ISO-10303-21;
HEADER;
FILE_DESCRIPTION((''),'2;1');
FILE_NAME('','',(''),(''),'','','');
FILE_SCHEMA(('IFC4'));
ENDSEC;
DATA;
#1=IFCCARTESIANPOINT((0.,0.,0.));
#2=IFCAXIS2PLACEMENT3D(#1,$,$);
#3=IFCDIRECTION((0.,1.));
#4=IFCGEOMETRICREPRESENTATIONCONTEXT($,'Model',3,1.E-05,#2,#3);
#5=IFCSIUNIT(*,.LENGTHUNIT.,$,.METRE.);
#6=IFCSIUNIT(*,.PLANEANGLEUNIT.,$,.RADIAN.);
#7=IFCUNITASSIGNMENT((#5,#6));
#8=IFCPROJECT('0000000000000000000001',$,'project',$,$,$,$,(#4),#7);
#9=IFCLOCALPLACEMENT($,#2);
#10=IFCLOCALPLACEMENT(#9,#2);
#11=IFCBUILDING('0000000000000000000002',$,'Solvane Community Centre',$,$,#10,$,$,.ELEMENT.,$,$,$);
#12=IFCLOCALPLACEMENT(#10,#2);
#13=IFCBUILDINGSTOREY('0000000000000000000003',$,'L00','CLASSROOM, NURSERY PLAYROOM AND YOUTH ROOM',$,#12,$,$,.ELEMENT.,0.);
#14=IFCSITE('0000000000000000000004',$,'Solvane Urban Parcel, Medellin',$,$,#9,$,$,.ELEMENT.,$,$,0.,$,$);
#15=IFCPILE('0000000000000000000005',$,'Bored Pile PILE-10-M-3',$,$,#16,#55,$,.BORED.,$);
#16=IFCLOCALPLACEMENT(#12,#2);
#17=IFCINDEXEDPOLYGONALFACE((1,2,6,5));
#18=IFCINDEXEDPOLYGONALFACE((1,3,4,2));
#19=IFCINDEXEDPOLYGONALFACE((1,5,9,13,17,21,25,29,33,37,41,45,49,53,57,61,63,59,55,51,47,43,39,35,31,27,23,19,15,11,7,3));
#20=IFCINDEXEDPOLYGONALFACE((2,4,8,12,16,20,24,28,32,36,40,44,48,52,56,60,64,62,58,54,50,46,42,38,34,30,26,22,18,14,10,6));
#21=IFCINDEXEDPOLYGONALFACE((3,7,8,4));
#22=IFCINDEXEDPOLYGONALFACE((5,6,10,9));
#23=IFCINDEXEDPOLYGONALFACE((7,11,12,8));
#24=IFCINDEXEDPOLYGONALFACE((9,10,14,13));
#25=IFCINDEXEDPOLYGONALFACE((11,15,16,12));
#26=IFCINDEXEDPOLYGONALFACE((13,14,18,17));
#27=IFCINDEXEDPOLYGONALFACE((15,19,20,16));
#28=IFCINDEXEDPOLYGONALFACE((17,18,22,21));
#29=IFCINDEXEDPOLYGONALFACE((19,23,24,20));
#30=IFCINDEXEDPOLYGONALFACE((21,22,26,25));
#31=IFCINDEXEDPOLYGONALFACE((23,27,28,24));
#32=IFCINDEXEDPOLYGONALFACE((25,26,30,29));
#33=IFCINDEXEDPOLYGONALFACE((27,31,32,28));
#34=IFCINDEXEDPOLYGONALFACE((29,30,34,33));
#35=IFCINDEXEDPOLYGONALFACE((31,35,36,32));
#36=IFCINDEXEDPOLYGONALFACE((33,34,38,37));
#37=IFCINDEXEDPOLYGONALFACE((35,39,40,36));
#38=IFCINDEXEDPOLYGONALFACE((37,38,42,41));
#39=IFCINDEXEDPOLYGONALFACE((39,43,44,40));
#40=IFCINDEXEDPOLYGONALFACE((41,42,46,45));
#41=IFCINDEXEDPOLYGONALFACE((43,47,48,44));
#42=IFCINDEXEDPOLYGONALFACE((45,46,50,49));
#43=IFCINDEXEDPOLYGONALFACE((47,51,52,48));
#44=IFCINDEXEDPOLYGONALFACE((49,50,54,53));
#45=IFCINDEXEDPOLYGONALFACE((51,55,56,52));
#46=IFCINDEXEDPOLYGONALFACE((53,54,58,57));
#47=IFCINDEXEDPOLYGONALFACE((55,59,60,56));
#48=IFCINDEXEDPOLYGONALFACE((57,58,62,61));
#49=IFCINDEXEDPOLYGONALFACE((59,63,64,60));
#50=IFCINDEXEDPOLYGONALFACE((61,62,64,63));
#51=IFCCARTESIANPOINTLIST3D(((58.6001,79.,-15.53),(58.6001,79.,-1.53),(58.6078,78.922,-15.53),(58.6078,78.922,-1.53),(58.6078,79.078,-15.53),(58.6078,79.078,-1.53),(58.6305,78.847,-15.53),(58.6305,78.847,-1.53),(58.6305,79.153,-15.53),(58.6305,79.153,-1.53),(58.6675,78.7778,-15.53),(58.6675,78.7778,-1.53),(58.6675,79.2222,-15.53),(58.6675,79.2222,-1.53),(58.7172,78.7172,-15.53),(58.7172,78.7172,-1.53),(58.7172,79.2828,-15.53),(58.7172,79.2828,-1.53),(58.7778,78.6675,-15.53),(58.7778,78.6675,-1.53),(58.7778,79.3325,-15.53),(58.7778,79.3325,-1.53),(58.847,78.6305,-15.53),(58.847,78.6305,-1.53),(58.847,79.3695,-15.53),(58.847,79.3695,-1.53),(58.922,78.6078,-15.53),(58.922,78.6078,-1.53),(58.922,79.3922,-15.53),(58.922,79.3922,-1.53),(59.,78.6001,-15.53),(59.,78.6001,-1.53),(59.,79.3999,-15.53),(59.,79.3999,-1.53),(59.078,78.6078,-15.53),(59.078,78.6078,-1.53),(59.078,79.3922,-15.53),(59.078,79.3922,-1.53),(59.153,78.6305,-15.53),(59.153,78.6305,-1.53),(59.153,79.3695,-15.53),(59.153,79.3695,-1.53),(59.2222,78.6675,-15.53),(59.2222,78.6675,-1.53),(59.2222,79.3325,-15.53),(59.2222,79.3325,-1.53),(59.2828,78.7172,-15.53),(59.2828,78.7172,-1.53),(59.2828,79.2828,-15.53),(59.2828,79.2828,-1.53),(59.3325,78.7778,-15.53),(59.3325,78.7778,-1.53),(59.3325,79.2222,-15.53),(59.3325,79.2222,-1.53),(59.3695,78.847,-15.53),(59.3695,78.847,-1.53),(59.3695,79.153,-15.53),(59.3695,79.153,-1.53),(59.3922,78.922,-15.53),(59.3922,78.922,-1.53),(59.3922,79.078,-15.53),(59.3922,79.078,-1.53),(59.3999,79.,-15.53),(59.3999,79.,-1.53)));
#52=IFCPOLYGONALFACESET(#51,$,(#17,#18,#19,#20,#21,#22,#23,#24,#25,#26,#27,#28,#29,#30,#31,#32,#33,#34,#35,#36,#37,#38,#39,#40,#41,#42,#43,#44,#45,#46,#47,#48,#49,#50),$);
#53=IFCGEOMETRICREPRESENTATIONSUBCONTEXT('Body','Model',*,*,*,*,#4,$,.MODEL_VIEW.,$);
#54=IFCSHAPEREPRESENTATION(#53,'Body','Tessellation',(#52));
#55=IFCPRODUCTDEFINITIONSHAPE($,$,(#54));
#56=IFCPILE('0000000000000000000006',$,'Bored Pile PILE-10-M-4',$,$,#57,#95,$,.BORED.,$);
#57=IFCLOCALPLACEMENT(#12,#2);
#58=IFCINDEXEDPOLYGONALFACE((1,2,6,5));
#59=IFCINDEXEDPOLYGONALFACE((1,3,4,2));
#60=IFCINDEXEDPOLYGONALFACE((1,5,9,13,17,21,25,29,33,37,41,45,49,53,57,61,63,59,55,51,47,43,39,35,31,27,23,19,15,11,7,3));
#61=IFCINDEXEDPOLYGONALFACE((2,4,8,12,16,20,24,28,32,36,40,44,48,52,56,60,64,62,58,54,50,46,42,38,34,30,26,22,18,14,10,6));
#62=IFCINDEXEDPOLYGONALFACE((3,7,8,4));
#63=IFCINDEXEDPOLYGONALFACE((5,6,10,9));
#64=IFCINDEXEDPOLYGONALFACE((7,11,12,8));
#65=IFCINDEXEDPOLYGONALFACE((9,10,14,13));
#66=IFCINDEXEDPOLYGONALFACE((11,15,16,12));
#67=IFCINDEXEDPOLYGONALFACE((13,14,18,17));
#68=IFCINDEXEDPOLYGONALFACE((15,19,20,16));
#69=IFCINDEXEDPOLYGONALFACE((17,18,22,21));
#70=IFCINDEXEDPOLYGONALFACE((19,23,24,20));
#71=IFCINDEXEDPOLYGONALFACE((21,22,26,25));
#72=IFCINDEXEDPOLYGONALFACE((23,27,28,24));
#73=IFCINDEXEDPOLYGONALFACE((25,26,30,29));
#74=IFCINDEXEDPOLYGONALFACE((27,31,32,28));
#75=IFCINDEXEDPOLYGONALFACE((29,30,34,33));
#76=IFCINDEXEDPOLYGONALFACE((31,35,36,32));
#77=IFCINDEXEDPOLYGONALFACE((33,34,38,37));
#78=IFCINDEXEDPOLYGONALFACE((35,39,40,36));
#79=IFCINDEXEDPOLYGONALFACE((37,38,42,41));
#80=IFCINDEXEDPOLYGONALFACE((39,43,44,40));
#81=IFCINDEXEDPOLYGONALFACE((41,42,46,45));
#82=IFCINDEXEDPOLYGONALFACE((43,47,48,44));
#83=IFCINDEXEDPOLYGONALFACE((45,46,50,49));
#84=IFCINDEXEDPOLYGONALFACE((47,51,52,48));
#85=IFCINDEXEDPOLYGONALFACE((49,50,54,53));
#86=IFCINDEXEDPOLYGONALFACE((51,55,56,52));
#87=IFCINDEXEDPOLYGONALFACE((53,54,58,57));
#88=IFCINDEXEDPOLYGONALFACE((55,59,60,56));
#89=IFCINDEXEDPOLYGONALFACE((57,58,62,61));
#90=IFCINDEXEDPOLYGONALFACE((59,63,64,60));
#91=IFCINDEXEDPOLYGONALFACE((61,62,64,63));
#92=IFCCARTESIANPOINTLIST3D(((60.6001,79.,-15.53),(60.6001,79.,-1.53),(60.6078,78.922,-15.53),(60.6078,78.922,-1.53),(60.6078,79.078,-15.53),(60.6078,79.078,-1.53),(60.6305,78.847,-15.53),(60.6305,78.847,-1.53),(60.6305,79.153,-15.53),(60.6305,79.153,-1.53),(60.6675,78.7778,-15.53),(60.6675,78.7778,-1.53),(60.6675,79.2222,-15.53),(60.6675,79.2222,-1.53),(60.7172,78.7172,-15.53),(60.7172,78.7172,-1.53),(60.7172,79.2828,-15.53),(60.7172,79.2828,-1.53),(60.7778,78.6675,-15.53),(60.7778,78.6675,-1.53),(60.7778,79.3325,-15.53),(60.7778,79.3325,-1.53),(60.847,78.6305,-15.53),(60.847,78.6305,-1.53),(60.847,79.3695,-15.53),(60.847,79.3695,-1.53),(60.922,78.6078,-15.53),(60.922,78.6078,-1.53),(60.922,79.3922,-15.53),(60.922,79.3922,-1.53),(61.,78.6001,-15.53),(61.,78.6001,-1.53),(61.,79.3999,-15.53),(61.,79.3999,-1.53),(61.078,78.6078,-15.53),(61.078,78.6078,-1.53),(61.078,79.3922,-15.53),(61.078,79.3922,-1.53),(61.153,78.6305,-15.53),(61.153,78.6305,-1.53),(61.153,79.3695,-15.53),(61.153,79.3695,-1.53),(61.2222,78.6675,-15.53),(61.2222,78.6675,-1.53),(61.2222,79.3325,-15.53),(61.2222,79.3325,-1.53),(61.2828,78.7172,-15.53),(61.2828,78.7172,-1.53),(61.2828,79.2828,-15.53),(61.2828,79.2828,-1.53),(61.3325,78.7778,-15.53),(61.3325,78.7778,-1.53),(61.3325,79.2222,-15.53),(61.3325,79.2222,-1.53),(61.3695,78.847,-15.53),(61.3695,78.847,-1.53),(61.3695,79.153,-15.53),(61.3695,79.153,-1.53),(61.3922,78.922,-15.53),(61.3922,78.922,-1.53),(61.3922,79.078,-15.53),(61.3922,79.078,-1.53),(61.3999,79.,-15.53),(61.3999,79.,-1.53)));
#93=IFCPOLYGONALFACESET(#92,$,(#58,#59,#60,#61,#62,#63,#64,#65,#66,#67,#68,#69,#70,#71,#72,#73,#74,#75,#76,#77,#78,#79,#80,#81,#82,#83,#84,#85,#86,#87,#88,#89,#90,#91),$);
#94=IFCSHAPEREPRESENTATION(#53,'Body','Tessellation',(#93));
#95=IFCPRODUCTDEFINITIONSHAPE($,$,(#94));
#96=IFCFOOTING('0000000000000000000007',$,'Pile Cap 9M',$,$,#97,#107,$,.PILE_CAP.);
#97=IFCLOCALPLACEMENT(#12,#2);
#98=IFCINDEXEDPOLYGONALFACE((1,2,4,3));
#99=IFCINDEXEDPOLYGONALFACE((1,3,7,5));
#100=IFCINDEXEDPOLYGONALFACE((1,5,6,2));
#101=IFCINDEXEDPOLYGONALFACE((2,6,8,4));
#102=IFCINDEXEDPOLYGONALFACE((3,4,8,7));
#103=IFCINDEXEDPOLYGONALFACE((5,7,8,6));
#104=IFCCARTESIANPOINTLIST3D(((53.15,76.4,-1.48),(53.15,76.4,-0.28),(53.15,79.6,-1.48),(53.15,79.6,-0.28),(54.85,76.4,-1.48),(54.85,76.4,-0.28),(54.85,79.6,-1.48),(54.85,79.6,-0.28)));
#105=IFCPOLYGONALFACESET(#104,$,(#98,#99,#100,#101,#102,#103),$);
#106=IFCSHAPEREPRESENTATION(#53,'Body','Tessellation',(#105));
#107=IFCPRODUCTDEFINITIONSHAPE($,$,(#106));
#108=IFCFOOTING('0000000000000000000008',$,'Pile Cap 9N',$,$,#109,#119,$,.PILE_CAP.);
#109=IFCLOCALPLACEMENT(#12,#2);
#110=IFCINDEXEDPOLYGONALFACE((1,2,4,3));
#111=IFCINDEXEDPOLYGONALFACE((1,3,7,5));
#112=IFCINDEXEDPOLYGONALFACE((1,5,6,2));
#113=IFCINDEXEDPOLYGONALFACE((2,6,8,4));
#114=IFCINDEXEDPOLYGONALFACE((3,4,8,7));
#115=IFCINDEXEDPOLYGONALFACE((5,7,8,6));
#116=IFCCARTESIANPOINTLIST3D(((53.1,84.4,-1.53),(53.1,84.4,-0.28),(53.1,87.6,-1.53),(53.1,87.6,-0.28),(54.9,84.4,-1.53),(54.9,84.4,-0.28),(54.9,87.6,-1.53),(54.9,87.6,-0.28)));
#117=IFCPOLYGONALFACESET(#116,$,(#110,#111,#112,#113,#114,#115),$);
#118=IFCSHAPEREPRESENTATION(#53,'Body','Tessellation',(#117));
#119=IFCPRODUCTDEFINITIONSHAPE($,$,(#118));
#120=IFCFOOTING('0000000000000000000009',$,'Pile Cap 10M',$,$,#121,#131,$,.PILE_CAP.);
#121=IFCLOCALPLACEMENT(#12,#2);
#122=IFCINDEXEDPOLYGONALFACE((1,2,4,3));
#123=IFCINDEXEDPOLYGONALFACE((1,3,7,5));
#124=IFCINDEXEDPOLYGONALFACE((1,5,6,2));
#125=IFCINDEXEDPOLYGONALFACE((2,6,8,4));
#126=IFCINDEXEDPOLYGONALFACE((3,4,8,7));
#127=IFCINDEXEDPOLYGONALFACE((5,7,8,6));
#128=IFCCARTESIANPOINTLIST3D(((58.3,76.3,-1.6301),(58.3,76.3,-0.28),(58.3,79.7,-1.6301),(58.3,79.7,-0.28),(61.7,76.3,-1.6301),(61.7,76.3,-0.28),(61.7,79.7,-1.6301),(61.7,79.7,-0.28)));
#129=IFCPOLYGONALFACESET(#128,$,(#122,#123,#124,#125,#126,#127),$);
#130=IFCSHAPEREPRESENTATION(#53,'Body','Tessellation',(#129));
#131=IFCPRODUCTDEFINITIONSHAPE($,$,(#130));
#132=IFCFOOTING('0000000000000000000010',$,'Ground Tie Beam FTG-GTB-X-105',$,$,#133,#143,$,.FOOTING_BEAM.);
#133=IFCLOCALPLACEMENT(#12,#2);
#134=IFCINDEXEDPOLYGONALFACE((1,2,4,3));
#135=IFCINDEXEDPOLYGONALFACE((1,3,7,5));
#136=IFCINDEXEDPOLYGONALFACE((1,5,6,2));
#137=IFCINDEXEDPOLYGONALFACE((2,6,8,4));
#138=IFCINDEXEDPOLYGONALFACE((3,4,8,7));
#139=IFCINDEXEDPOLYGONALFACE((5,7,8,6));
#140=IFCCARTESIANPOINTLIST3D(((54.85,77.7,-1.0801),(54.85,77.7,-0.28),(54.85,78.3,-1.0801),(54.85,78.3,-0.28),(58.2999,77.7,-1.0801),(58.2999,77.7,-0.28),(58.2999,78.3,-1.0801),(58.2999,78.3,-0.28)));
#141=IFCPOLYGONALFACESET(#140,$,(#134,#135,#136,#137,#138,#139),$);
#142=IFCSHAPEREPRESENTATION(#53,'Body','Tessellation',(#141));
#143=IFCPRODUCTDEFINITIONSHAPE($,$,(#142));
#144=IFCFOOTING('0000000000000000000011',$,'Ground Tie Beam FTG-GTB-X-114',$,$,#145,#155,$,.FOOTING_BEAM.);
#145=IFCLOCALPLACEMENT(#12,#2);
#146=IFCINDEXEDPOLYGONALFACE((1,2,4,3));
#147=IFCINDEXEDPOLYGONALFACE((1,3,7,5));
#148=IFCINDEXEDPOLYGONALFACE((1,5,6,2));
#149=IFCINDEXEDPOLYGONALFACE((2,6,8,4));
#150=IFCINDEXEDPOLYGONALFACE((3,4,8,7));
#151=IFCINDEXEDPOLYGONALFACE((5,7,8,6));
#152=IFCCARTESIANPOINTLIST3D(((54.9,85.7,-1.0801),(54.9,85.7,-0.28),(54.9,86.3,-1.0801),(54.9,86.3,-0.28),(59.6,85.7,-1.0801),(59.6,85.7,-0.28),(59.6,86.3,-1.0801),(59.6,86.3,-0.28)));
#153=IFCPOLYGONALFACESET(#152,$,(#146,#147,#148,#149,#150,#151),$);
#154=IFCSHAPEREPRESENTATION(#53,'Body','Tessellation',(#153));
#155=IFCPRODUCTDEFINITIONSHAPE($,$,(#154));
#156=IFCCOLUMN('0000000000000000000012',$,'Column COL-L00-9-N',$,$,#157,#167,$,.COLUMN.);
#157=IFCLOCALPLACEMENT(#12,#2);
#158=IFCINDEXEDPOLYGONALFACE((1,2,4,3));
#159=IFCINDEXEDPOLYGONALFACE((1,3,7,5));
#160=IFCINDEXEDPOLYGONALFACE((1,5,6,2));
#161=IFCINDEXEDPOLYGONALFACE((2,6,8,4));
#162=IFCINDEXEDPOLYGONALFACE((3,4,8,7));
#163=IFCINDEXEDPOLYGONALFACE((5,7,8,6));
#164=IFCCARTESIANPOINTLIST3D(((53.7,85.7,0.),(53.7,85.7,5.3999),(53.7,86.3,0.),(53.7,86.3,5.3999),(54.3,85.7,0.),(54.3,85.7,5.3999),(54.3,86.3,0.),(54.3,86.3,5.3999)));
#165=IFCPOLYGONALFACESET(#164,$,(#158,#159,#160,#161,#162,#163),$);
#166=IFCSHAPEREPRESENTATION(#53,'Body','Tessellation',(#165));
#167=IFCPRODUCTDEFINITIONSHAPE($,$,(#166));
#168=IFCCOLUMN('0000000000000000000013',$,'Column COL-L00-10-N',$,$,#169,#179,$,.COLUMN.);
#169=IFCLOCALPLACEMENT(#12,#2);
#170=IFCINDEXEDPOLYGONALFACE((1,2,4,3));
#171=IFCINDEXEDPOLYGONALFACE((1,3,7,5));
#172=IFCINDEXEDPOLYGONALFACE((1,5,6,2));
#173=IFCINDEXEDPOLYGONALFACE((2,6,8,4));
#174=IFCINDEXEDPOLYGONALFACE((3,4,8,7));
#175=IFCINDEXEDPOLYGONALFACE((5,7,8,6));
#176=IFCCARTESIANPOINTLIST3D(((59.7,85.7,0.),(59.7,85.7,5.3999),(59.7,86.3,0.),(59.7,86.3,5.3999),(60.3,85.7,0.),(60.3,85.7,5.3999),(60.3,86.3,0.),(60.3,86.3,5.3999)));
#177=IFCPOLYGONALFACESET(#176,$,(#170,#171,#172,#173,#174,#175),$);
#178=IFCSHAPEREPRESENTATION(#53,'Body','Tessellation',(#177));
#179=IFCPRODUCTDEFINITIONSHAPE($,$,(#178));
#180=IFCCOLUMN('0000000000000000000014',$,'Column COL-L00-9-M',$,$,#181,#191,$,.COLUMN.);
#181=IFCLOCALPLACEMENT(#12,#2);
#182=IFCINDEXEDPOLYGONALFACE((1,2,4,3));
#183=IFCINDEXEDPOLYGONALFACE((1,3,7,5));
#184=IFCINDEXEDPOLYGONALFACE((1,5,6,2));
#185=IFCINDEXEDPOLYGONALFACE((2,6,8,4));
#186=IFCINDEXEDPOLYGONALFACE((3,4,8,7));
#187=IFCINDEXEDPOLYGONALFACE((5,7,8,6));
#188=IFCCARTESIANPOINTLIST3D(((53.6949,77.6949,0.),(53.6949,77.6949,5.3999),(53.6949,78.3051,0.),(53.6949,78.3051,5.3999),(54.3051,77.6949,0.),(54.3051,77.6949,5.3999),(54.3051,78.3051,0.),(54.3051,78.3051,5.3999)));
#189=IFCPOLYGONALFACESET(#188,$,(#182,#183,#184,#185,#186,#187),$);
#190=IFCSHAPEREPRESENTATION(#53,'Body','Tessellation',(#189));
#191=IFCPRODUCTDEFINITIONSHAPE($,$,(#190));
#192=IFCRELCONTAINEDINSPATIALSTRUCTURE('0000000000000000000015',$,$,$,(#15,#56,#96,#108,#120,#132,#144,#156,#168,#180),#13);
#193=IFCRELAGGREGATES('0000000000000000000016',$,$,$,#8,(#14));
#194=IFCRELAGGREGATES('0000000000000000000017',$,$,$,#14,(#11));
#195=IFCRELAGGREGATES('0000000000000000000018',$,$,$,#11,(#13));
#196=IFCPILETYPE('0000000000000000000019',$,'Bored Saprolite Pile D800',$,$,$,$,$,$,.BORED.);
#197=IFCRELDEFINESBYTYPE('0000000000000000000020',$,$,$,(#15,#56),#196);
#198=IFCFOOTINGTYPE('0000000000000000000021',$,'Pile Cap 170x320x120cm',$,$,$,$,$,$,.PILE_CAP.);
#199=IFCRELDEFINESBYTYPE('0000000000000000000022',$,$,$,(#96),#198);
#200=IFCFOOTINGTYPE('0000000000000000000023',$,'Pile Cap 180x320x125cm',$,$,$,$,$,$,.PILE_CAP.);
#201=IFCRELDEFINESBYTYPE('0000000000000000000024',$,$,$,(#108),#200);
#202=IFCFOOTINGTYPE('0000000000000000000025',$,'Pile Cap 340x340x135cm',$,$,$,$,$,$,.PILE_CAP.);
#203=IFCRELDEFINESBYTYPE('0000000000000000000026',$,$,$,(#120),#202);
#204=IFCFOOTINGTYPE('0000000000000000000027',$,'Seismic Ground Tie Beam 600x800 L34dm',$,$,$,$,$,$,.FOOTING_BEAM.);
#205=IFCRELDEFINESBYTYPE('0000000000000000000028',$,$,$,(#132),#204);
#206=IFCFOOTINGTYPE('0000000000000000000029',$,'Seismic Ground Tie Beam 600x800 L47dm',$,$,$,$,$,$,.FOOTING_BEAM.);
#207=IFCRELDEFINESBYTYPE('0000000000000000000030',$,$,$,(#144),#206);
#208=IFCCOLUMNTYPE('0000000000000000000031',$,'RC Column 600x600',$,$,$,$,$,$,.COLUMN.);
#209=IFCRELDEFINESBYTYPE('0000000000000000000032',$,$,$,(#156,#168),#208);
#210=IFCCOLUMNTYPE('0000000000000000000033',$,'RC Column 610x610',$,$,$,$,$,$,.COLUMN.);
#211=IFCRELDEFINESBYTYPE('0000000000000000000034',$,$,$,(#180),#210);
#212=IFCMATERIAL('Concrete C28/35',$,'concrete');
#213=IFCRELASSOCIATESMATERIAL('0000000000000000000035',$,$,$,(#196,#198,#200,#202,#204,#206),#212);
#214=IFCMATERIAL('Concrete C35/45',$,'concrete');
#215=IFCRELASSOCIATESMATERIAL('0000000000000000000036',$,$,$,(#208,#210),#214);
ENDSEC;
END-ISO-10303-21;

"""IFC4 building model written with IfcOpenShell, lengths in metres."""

from ifc_helpers import new_model, si_unit, direction, frame, origin, origin_2d, place, context, subcontext, project, spatial, rectangle, circle, extrude, material, material_profile, profile_set, type_object, element, save


model = new_model("IFC4")

# Units and contexts
model_context = context("Model", 3, precision=1e-05, world=origin(), true_north=direction((0.0, 1.0)))
body_context = subcontext(model_context, "Body", "Model", "MODEL_VIEW")
ifc_project = project(units=[si_unit("LENGTHUNIT", "METRE"), si_unit("PLANEANGLEUNIT", "RADIAN")], contexts=[model_context])

# Site, building, storey
site_placement = place(None, origin())
site = spatial("IfcSite", under=ifc_project, at=site_placement, Name="Solvane Urban Parcel, Medellin", CompositionType="ELEMENT", RefElevation=0.0)
building_placement = place(site_placement, origin())
building = spatial("IfcBuilding", under=site, at=building_placement, Name="Solvane Community Centre", CompositionType="ELEMENT")
storey_placement = place(building_placement, origin())
storey = spatial("IfcBuildingStorey", under=building, at=storey_placement, Name="L00", Description="CLASSROOM, NURSERY PLAYROOM AND YOUTH ROOM", CompositionType="ELEMENT", Elevation=0.0)

# Piles
ifc_material_1 = material(Name="Concrete C28/35", Category="concrete")
ifc_material_profile_1 = material_profile(ifc_material_1, circle(Radius=0.3999, at=origin_2d()), Name="PILE D800")
ifc_profile_set_1 = profile_set([ifc_material_profile_1], Name="Concrete C28/35")
pile_type = type_object("IfcPileType", Name="Bored Saprolite Pile D800", PredefinedType="BORED", material=ifc_profile_set_1)
for number, where, z_axis, x_axis, name in (
    (1, (59.0, 79.0, -1.53), (0.0, 0.0, -1.0), (1.0, 0.0, 0.0), "Bored Pile PILE-10-M-3"),
    (2, (61.0, 79.0, -1.53), (0.0, 0.0, -1.0), (1.0, 0.0, 0.0), "Bored Pile PILE-10-M-4"),
):
    element("IfcPile", number, at=place(storey_placement, frame(where, z_axis=z_axis, x_axis=x_axis)), inside=storey, type_object=pile_type, Name=name, PredefinedType="BORED", context=body_context, shape_type="SweptSolid", body=[
        extrude(circle(Radius=0.3999, at=origin_2d()), origin(), (0.0, 0.0, 1.0), 14.0),
    ])

# Footings
footing_type_1 = type_object("IfcFootingType", Name="Pile Cap 170x320x120cm", PredefinedType="PILE_CAP", material=ifc_material_1)
footing_1_placement = place(storey_placement, frame((54.0, 78.0, -1.48), z_axis=(0.0, 0.0, 1.0), x_axis=(1.0, 0.0, 0.0)))
element("IfcFooting", 3, at=footing_1_placement, inside=storey, type_object=footing_type_1, Name="Pile Cap 9M", PredefinedType="PILE_CAP", context=body_context, shape_type="SweptSolid", body=[
    extrude(rectangle(XDim=1.7, YDim=3.2, at=origin_2d()), origin(), (0.0, 0.0, 1.0), 1.2),
])
footing_type_2 = type_object("IfcFootingType", Name="Pile Cap 180x320x125cm", PredefinedType="PILE_CAP", material=ifc_material_1)
footing_2_placement = place(storey_placement, frame((54.0, 86.0, -1.53), z_axis=(0.0, 0.0, 1.0), x_axis=(1.0, 0.0, 0.0)))
element("IfcFooting", 4, at=footing_2_placement, inside=storey, type_object=footing_type_2, Name="Pile Cap 9N", PredefinedType="PILE_CAP", context=body_context, shape_type="SweptSolid", body=[
    extrude(rectangle(XDim=1.8, YDim=3.2, at=origin_2d()), origin(), (0.0, 0.0, 1.0), 1.25),
])
footing_type_3 = type_object("IfcFootingType", Name="Pile Cap 340x340x135cm", PredefinedType="PILE_CAP", material=ifc_material_1)
footing_3_placement = place(storey_placement, frame((60.0, 78.0, -1.6301), z_axis=(0.0, 0.0, 1.0), x_axis=(1.0, 0.0, 0.0)))
element("IfcFooting", 5, at=footing_3_placement, inside=storey, type_object=footing_type_3, Name="Pile Cap 10M", PredefinedType="PILE_CAP", context=body_context, shape_type="SweptSolid", body=[
    extrude(rectangle(XDim=3.3999, YDim=3.3999, at=origin_2d()), origin(), (0.0, 0.0, 1.0), 1.3501),
])
footing_type_4 = type_object("IfcFootingType", Name="Seismic Ground Tie Beam 600x800 L34dm", PredefinedType="FOOTING_BEAM", material=ifc_material_1)
footing_4_placement = place(storey_placement, frame((56.575, 78.0, -1.0801), z_axis=(0.0, 0.0, 1.0), x_axis=(1.0, 0.0, 0.0)))
element("IfcFooting", 6, at=footing_4_placement, inside=storey, type_object=footing_type_4, Name="Ground Tie Beam FTG-GTB-X-105", PredefinedType="FOOTING_BEAM", context=body_context, shape_type="SweptSolid", body=[
    extrude(rectangle(XDim=3.45, YDim=0.6001, at=origin_2d()), origin(), (0.0, 0.0, 1.0), 0.8),
])
footing_type_5 = type_object("IfcFootingType", Name="Seismic Ground Tie Beam 600x800 L47dm", PredefinedType="FOOTING_BEAM", material=ifc_material_1)
footing_5_placement = place(storey_placement, frame((57.25, 86.0, -1.0801), z_axis=(0.0, 0.0, 1.0), x_axis=(1.0, 0.0, 0.0)))
element("IfcFooting", 7, at=footing_5_placement, inside=storey, type_object=footing_type_5, Name="Ground Tie Beam FTG-GTB-X-114", PredefinedType="FOOTING_BEAM", context=body_context, shape_type="SweptSolid", body=[
    extrude(rectangle(XDim=4.7, YDim=0.6001, at=origin_2d()), origin(), (0.0, 0.0, 1.0), 0.8),
])

# Columns
ifc_material_2 = material(Name="Concrete C35/45", Category="concrete")
ifc_material_profile_2 = material_profile(ifc_material_2, rectangle(XDim=0.6001, YDim=0.6001, at=origin_2d()), Name="RC 600x600")
ifc_profile_set_2 = profile_set([ifc_material_profile_2], Name="Concrete C35/45")
column_type_1 = type_object("IfcColumnType", Name="RC Column 600x600", PredefinedType="COLUMN", material=ifc_profile_set_2)
for number, where, z_axis, x_axis, name in (
    (8, (54.0, 86.0, 0.0), (0.0, 0.0, 1.0), (1.0, 0.0, 0.0), "Column COL-L00-9-N"),
    (9, (60.0, 86.0, 0.0), (0.0, 0.0, 1.0), (1.0, 0.0, 0.0), "Column COL-L00-10-N"),
):
    element("IfcColumn", number, at=place(storey_placement, frame(where, z_axis=z_axis, x_axis=x_axis)), inside=storey, type_object=column_type_1, Name=name, PredefinedType="COLUMN", context=body_context, shape_type="SweptSolid", body=[
        extrude(rectangle(XDim=0.6001, YDim=0.6001, at=origin_2d()), origin(), (0.0, 0.0, 1.0), 5.3999),
    ])
ifc_material_profile_3 = material_profile(ifc_material_2, rectangle(XDim=0.6101, YDim=0.6101, at=origin_2d()), Name="RC 610x610")
ifc_profile_set_3 = profile_set([ifc_material_profile_3], Name="Concrete C35/45")
column_type_2 = type_object("IfcColumnType", Name="RC Column 610x610", PredefinedType="COLUMN", material=ifc_profile_set_3)
for number, where, z_axis, x_axis, name in (
    (10, (54.0, 78.0, 0.0), (0.0, 0.0, 1.0), (1.0, 0.0, 0.0), "Column COL-L00-9-M"),
):
    element("IfcColumn", number, at=place(storey_placement, frame(where, z_axis=z_axis, x_axis=x_axis)), inside=storey, type_object=column_type_2, Name=name, PredefinedType="COLUMN", context=body_context, shape_type="SweptSolid", body=[
        extrude(rectangle(XDim=0.6101, YDim=0.6101, at=origin_2d()), origin(), (0.0, 0.0, 1.0), 5.3999),
    ])

save(model, "model.ifc")
